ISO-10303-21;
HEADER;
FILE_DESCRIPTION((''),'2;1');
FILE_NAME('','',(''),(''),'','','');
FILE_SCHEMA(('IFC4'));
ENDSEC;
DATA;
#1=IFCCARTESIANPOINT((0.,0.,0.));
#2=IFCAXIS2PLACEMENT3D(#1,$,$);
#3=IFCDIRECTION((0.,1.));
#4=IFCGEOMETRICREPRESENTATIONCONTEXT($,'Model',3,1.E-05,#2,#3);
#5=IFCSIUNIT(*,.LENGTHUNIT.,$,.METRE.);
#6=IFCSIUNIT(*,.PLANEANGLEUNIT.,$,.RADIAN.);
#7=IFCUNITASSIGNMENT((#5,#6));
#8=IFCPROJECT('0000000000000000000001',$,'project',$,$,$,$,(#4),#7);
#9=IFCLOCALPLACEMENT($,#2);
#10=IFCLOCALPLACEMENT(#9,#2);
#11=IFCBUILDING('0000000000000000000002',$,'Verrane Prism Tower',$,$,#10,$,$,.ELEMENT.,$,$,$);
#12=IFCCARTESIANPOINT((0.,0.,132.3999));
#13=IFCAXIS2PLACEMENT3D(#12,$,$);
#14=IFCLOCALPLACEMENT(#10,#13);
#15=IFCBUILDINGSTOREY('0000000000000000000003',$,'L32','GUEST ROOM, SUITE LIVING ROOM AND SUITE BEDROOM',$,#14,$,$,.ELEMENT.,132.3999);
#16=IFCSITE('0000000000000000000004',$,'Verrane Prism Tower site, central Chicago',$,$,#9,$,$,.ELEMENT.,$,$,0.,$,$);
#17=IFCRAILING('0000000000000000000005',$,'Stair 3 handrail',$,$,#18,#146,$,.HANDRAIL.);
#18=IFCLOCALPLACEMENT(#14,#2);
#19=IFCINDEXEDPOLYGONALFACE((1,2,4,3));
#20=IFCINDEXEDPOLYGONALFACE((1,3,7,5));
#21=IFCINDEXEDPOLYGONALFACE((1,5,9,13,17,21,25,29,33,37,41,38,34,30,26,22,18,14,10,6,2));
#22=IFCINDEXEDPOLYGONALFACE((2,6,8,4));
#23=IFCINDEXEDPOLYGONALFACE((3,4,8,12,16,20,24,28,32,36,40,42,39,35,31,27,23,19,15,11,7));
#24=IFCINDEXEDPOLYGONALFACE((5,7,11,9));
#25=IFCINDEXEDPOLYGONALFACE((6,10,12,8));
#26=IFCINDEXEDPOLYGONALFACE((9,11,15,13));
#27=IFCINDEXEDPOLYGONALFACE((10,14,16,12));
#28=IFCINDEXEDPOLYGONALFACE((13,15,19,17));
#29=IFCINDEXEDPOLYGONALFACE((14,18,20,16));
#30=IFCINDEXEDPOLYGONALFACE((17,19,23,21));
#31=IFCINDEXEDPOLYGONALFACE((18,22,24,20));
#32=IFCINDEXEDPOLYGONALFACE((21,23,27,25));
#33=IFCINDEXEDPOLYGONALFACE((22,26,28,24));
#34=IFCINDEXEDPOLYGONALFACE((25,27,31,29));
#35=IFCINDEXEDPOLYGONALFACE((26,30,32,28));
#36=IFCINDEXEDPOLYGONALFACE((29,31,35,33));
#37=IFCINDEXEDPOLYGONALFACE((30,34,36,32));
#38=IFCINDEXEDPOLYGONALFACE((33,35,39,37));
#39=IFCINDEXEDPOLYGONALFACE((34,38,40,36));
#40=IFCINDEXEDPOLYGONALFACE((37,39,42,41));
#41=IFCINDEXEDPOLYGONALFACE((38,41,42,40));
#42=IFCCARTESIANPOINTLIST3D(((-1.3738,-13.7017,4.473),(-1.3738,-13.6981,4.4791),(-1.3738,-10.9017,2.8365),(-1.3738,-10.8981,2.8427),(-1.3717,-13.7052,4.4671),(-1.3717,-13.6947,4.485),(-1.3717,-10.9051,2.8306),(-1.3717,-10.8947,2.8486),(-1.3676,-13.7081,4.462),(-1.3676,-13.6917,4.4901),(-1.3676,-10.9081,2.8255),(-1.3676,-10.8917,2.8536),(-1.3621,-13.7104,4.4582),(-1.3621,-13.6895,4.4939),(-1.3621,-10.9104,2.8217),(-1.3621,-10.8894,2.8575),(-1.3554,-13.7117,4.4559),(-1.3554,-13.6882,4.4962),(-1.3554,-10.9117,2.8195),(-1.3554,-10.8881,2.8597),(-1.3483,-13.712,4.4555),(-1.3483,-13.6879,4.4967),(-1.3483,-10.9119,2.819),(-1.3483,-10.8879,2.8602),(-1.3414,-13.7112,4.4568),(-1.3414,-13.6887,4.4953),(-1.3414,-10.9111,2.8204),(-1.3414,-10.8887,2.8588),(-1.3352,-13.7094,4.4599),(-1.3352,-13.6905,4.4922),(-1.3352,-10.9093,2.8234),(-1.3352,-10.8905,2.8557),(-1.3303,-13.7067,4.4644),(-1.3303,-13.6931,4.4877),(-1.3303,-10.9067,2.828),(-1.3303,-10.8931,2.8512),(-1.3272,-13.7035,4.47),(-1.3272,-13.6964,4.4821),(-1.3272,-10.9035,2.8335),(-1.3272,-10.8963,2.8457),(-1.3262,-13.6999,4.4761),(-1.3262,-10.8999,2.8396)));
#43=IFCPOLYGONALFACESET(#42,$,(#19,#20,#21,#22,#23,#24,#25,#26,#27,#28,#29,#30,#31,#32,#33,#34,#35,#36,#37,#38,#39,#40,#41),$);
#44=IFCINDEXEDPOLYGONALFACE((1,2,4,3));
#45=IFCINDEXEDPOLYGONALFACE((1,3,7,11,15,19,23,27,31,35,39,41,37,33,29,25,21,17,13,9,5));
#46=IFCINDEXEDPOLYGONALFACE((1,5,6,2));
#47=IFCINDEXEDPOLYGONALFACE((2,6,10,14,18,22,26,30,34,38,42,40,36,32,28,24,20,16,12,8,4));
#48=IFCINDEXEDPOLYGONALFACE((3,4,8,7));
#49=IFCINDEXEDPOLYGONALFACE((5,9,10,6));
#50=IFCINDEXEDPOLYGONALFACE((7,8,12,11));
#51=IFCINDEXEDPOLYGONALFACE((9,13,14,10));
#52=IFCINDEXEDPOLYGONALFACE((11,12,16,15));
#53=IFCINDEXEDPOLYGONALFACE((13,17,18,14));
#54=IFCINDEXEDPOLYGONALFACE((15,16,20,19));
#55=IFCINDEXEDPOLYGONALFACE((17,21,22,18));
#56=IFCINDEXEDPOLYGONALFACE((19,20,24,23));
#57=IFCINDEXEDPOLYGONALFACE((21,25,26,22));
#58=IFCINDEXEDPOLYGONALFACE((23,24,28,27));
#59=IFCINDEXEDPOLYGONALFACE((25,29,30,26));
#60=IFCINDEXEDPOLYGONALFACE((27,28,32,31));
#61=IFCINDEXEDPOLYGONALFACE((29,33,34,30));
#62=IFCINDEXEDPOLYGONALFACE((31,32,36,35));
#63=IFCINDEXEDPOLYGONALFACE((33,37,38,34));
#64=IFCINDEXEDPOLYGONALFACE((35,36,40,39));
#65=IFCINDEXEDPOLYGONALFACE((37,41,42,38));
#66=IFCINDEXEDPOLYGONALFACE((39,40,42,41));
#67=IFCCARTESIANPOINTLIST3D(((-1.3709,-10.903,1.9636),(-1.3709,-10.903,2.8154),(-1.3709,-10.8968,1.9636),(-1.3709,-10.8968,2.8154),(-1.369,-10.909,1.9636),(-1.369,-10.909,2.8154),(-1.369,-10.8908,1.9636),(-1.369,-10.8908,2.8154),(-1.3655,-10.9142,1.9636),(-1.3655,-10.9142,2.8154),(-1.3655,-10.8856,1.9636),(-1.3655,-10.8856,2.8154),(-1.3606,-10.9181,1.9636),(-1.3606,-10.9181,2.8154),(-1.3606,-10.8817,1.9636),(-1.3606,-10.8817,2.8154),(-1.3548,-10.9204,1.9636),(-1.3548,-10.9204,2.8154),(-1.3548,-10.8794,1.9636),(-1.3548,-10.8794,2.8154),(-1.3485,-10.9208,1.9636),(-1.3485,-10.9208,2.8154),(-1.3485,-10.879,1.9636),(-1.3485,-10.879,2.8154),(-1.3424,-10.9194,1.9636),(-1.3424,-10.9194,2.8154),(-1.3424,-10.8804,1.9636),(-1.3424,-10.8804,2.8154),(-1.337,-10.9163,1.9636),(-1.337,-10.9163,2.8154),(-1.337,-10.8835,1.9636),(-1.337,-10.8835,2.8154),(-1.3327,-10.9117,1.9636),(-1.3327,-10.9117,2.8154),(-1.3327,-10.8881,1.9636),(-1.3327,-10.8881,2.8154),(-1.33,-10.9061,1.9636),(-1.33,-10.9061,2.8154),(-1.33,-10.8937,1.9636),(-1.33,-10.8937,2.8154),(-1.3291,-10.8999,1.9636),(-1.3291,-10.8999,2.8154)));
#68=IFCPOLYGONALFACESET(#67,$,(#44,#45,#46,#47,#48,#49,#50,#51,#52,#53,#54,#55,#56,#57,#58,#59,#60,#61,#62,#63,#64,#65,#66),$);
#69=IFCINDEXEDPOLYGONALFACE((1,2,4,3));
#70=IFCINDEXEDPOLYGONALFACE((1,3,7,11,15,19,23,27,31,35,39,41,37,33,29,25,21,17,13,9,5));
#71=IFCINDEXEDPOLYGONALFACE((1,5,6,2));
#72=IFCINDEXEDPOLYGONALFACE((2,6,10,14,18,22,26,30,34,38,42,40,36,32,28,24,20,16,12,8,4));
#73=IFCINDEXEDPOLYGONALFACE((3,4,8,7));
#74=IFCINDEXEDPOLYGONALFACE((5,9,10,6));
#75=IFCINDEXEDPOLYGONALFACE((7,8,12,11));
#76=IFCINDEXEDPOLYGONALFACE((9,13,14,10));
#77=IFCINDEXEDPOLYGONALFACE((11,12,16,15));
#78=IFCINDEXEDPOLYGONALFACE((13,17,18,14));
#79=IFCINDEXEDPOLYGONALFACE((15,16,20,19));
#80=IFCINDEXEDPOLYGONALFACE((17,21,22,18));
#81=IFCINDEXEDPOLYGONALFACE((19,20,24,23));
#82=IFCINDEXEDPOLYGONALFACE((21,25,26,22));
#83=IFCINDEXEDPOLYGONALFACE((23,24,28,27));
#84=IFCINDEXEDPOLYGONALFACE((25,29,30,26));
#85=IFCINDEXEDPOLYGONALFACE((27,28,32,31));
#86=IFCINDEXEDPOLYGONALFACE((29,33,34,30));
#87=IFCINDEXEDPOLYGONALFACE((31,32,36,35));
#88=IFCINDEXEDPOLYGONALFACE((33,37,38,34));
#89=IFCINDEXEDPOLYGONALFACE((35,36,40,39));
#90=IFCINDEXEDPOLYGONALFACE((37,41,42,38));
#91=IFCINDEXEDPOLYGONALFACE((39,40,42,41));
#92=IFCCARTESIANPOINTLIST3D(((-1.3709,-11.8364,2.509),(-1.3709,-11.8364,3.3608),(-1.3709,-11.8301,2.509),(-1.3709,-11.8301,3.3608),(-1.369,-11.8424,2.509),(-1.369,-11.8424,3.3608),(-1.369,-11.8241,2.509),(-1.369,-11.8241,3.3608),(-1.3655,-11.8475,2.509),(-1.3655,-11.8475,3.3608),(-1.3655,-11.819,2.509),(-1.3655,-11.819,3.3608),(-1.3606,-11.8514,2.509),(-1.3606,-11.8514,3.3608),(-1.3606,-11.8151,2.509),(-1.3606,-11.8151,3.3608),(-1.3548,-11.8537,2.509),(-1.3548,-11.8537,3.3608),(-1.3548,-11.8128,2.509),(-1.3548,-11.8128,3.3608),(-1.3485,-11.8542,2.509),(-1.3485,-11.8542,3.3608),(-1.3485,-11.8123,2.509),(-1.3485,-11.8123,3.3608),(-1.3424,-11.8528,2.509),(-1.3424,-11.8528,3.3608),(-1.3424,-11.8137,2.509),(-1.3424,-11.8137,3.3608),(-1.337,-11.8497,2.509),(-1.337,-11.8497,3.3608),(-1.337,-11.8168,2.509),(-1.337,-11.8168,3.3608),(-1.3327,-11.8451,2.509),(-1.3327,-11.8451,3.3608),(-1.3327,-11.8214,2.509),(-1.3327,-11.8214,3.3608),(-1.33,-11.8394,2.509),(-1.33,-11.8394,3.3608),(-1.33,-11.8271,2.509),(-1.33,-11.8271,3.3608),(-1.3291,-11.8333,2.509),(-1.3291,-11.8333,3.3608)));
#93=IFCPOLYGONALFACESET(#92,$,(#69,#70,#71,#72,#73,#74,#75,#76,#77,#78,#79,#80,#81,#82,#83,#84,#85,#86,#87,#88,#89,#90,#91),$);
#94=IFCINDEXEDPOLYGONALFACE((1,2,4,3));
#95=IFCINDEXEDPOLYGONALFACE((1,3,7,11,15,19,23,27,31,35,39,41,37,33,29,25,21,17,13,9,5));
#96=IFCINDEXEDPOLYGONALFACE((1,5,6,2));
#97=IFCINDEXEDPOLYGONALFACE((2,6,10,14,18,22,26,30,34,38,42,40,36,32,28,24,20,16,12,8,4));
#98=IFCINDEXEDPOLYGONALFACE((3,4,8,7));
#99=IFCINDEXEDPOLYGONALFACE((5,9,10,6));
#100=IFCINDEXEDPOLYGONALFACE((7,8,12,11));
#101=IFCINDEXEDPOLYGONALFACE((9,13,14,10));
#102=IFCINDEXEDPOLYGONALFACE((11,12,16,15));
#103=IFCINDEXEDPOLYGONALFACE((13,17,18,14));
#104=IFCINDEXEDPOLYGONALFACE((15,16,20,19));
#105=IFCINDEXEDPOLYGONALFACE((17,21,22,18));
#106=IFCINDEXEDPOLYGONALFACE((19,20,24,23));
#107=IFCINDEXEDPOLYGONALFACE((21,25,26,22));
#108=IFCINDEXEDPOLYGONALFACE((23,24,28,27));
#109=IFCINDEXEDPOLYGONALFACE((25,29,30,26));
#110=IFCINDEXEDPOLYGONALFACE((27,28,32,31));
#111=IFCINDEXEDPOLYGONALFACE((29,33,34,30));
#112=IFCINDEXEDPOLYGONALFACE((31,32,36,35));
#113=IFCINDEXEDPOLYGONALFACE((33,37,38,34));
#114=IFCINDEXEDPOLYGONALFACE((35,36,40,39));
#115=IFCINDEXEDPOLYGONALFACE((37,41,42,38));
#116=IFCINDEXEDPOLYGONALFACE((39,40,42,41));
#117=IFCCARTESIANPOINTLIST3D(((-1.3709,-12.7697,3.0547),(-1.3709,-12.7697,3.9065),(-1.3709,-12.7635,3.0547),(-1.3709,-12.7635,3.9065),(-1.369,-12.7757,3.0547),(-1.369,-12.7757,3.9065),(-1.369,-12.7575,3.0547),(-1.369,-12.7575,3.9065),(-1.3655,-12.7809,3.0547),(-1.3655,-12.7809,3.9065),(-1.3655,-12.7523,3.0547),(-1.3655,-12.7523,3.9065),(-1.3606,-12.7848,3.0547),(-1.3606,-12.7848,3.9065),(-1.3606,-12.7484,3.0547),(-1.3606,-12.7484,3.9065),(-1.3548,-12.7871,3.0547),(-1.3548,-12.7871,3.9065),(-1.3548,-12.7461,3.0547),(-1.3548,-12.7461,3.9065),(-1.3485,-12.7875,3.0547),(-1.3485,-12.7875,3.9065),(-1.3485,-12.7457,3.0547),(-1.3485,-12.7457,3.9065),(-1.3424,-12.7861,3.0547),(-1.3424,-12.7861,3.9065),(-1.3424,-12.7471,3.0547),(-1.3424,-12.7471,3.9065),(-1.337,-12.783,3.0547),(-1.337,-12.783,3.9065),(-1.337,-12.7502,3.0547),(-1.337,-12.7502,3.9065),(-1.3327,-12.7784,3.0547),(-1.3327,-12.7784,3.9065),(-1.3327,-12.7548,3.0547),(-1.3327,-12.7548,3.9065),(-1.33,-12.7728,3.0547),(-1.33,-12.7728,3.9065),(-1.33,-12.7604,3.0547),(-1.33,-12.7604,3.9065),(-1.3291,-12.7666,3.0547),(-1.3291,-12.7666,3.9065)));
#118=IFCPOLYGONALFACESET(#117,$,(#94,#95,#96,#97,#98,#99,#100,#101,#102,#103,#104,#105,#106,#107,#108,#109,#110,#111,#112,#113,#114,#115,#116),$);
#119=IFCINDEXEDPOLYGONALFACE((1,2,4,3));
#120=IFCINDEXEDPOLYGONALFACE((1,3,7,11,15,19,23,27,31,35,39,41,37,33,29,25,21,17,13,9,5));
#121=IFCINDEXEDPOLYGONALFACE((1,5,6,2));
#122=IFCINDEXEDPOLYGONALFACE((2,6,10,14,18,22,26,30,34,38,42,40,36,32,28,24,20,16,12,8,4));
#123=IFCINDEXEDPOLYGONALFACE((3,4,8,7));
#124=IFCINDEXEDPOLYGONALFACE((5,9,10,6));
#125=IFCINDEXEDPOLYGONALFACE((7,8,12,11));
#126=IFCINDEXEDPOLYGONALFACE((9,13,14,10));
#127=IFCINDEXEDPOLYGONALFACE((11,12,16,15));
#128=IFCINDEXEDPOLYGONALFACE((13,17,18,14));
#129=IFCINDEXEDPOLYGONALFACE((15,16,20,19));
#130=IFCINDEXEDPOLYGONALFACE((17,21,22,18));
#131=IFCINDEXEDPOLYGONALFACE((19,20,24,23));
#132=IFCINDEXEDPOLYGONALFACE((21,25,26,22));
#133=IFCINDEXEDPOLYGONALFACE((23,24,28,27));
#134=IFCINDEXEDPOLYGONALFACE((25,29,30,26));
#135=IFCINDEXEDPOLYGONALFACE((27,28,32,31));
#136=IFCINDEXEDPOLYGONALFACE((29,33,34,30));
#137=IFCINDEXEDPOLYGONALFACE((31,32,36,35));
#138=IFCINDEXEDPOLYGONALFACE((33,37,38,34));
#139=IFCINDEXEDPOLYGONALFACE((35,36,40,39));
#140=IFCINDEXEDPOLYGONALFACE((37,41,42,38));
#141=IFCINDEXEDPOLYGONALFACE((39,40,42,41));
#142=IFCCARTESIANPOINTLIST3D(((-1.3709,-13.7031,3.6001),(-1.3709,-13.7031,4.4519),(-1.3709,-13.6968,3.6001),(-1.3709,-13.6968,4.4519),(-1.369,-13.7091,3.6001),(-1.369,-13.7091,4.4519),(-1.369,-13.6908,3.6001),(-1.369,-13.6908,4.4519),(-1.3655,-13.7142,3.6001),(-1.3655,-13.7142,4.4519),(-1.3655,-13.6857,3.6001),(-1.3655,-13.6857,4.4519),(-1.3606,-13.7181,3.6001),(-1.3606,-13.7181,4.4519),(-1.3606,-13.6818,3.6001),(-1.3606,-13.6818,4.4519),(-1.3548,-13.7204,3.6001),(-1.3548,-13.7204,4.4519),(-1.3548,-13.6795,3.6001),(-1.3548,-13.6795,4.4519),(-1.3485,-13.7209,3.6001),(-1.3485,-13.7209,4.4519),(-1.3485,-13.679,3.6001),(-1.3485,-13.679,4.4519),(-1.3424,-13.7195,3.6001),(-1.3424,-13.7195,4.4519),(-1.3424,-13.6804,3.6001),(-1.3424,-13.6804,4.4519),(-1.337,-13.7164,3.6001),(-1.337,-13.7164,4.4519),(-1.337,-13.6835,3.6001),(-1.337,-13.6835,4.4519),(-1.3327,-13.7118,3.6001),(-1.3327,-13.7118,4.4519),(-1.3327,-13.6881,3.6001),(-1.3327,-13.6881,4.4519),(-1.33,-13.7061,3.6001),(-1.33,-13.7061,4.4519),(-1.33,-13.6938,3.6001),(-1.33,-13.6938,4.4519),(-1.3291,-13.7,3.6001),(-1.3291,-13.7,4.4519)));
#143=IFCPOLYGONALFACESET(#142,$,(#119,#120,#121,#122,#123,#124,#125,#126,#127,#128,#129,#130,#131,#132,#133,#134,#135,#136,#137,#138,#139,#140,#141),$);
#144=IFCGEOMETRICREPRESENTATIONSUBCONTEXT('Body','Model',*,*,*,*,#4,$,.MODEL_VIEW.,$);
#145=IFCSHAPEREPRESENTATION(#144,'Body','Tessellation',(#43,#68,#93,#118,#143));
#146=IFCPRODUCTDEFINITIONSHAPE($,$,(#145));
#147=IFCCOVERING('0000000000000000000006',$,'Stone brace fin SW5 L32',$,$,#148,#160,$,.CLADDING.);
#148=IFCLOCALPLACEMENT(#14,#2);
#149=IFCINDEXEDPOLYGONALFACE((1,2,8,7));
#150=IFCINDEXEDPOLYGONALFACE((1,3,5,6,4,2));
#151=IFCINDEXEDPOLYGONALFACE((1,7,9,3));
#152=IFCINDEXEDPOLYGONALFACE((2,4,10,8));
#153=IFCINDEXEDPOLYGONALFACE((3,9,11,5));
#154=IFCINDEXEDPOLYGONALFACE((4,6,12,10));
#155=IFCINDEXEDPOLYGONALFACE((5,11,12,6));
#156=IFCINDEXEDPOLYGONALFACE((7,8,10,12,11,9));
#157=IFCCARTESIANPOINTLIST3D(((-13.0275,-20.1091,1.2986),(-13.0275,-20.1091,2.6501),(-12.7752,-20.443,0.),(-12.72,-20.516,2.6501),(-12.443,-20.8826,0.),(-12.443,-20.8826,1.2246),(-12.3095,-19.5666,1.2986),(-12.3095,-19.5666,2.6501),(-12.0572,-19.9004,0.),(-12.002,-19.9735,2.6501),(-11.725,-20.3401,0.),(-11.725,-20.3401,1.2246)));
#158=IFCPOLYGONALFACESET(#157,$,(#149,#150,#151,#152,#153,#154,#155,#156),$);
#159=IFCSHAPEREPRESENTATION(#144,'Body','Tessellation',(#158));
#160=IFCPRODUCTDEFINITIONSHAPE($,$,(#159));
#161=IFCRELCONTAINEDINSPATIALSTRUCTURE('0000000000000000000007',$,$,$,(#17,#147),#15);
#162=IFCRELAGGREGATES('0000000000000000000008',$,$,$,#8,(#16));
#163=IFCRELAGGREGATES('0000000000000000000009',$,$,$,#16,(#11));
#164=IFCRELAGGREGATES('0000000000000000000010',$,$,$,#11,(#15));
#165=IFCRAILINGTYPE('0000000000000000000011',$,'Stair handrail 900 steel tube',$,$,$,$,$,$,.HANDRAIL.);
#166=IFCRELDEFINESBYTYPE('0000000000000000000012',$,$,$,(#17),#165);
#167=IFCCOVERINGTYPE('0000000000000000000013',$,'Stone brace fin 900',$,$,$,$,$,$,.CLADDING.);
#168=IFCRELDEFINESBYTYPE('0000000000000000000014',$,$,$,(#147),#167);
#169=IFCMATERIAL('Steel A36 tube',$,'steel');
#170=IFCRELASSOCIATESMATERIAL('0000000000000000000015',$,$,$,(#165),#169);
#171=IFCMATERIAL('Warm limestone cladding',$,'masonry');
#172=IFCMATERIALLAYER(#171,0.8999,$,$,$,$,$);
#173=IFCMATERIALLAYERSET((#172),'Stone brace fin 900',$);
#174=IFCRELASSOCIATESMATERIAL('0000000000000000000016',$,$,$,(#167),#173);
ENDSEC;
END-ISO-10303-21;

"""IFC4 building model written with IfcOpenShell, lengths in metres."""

from ifc_helpers import new_model, si_unit, direction, frame, origin, origin_2d, place, context, subcontext, project, spatial, polyline, circle, outline, extrude, material, layer, layer_set, type_object, element, save


model = new_model("IFC4")

# Units and contexts
model_context = context("Model", 3, precision=1e-05, world=origin(), true_north=direction((0.0, 1.0)))
body_context = subcontext(model_context, "Body", "Model", "MODEL_VIEW")
ifc_project = project(units=[si_unit("LENGTHUNIT", "METRE"), si_unit("PLANEANGLEUNIT", "RADIAN")], contexts=[model_context])

# Site, building, storey
site_placement = place(None, origin())
site = spatial("IfcSite", under=ifc_project, at=site_placement, Name="Verrane Prism Tower site, central Chicago", CompositionType="ELEMENT", RefElevation=0.0)
building_placement = place(site_placement, origin())
building = spatial("IfcBuilding", under=site, at=building_placement, Name="Verrane Prism Tower", CompositionType="ELEMENT")
storey_placement = place(building_placement, frame((0.0, 0.0, 132.3999)))
storey = spatial("IfcBuildingStorey", under=building, at=storey_placement, Name="L32", Description="GUEST ROOM, SUITE LIVING ROOM AND SUITE BEDROOM", CompositionType="ELEMENT", Elevation=132.3999)

# Railing
ifc_material_1 = material(Name="Steel A36 tube", Category="steel")
railing_type = type_object("IfcRailingType", Name="Stair handrail 900 steel tube", PredefinedType="HANDRAIL", material=ifc_material_1)
railing_placement = place(storey_placement, frame((-1.3501, -10.8999, 1.9636)))
element("IfcRailing", 1, at=railing_placement, inside=storey, type_object=railing_type, Name="Stair 3 handrail", PredefinedType="HANDRAIL", context=body_context, shape_type="SweptSolid", body=[
    extrude(circle(Radius=0.0239, at=origin_2d()), frame((0.0, 0.0, 0.876), z_axis=(0.0, -0.863361, 0.504587), x_axis=(1.0, 0.0, 0.0)), (0.0, 0.0, 1.0), 3.2432),
    extrude(circle(Radius=0.021, at=origin_2d()), origin(), (0.0, 0.0, 1.0), 0.8518),
    extrude(circle(Radius=0.021, at=origin_2d()), frame((0.0, -0.9333, 0.5454)), (0.0, 0.0, 1.0), 0.8518),
    extrude(circle(Radius=0.021, at=origin_2d()), frame((0.0, -1.8667, 1.0911)), (0.0, 0.0, 1.0), 0.8518),
    extrude(circle(Radius=0.021, at=origin_2d()), frame((0.0, -2.8, 1.6365)), (0.0, 0.0, 1.0), 0.8518),
])

# Covering
ifc_material_2 = material(Name="Warm limestone cladding", Category="masonry")
ifc_layer_1 = layer(ifc_material_2, 0.8999)
ifc_layer_set_1 = layer_set([ifc_layer_1], Name="Stone brace fin 900")
covering_type = type_object("IfcCoveringType", Name="Stone brace fin 900", PredefinedType="CLADDING", material=ifc_layer_set_1)
covering_placement = place(storey_placement, frame((-12.084, -20.6113, 0.0), z_axis=(0.0, 0.0, 1.0), x_axis=(-0.602897, 0.797819, 0.0)))
element("IfcCovering", 2, at=covering_placement, inside=storey, type_object=covering_type, Name="Stone brace fin SW5 L32", PredefinedType="CLADDING", context=body_context, shape_type="SweptSolid", body=[
    extrude(outline(polyline([(0.9695, 2.6501), (0.4595, 2.6501), (0.0, 1.2246), (0.0, 0.0), (0.551, 0.0), (0.9695, 1.2986), (0.9695, 2.6501)])), frame((0.0, 0.45, 0.0), z_axis=(0.0, -1.0, 0.0), x_axis=(1.0, 0.0, 0.0)), (0.0, 0.0, 1.0), 0.8999),
])

save(model, "model.ifc")
